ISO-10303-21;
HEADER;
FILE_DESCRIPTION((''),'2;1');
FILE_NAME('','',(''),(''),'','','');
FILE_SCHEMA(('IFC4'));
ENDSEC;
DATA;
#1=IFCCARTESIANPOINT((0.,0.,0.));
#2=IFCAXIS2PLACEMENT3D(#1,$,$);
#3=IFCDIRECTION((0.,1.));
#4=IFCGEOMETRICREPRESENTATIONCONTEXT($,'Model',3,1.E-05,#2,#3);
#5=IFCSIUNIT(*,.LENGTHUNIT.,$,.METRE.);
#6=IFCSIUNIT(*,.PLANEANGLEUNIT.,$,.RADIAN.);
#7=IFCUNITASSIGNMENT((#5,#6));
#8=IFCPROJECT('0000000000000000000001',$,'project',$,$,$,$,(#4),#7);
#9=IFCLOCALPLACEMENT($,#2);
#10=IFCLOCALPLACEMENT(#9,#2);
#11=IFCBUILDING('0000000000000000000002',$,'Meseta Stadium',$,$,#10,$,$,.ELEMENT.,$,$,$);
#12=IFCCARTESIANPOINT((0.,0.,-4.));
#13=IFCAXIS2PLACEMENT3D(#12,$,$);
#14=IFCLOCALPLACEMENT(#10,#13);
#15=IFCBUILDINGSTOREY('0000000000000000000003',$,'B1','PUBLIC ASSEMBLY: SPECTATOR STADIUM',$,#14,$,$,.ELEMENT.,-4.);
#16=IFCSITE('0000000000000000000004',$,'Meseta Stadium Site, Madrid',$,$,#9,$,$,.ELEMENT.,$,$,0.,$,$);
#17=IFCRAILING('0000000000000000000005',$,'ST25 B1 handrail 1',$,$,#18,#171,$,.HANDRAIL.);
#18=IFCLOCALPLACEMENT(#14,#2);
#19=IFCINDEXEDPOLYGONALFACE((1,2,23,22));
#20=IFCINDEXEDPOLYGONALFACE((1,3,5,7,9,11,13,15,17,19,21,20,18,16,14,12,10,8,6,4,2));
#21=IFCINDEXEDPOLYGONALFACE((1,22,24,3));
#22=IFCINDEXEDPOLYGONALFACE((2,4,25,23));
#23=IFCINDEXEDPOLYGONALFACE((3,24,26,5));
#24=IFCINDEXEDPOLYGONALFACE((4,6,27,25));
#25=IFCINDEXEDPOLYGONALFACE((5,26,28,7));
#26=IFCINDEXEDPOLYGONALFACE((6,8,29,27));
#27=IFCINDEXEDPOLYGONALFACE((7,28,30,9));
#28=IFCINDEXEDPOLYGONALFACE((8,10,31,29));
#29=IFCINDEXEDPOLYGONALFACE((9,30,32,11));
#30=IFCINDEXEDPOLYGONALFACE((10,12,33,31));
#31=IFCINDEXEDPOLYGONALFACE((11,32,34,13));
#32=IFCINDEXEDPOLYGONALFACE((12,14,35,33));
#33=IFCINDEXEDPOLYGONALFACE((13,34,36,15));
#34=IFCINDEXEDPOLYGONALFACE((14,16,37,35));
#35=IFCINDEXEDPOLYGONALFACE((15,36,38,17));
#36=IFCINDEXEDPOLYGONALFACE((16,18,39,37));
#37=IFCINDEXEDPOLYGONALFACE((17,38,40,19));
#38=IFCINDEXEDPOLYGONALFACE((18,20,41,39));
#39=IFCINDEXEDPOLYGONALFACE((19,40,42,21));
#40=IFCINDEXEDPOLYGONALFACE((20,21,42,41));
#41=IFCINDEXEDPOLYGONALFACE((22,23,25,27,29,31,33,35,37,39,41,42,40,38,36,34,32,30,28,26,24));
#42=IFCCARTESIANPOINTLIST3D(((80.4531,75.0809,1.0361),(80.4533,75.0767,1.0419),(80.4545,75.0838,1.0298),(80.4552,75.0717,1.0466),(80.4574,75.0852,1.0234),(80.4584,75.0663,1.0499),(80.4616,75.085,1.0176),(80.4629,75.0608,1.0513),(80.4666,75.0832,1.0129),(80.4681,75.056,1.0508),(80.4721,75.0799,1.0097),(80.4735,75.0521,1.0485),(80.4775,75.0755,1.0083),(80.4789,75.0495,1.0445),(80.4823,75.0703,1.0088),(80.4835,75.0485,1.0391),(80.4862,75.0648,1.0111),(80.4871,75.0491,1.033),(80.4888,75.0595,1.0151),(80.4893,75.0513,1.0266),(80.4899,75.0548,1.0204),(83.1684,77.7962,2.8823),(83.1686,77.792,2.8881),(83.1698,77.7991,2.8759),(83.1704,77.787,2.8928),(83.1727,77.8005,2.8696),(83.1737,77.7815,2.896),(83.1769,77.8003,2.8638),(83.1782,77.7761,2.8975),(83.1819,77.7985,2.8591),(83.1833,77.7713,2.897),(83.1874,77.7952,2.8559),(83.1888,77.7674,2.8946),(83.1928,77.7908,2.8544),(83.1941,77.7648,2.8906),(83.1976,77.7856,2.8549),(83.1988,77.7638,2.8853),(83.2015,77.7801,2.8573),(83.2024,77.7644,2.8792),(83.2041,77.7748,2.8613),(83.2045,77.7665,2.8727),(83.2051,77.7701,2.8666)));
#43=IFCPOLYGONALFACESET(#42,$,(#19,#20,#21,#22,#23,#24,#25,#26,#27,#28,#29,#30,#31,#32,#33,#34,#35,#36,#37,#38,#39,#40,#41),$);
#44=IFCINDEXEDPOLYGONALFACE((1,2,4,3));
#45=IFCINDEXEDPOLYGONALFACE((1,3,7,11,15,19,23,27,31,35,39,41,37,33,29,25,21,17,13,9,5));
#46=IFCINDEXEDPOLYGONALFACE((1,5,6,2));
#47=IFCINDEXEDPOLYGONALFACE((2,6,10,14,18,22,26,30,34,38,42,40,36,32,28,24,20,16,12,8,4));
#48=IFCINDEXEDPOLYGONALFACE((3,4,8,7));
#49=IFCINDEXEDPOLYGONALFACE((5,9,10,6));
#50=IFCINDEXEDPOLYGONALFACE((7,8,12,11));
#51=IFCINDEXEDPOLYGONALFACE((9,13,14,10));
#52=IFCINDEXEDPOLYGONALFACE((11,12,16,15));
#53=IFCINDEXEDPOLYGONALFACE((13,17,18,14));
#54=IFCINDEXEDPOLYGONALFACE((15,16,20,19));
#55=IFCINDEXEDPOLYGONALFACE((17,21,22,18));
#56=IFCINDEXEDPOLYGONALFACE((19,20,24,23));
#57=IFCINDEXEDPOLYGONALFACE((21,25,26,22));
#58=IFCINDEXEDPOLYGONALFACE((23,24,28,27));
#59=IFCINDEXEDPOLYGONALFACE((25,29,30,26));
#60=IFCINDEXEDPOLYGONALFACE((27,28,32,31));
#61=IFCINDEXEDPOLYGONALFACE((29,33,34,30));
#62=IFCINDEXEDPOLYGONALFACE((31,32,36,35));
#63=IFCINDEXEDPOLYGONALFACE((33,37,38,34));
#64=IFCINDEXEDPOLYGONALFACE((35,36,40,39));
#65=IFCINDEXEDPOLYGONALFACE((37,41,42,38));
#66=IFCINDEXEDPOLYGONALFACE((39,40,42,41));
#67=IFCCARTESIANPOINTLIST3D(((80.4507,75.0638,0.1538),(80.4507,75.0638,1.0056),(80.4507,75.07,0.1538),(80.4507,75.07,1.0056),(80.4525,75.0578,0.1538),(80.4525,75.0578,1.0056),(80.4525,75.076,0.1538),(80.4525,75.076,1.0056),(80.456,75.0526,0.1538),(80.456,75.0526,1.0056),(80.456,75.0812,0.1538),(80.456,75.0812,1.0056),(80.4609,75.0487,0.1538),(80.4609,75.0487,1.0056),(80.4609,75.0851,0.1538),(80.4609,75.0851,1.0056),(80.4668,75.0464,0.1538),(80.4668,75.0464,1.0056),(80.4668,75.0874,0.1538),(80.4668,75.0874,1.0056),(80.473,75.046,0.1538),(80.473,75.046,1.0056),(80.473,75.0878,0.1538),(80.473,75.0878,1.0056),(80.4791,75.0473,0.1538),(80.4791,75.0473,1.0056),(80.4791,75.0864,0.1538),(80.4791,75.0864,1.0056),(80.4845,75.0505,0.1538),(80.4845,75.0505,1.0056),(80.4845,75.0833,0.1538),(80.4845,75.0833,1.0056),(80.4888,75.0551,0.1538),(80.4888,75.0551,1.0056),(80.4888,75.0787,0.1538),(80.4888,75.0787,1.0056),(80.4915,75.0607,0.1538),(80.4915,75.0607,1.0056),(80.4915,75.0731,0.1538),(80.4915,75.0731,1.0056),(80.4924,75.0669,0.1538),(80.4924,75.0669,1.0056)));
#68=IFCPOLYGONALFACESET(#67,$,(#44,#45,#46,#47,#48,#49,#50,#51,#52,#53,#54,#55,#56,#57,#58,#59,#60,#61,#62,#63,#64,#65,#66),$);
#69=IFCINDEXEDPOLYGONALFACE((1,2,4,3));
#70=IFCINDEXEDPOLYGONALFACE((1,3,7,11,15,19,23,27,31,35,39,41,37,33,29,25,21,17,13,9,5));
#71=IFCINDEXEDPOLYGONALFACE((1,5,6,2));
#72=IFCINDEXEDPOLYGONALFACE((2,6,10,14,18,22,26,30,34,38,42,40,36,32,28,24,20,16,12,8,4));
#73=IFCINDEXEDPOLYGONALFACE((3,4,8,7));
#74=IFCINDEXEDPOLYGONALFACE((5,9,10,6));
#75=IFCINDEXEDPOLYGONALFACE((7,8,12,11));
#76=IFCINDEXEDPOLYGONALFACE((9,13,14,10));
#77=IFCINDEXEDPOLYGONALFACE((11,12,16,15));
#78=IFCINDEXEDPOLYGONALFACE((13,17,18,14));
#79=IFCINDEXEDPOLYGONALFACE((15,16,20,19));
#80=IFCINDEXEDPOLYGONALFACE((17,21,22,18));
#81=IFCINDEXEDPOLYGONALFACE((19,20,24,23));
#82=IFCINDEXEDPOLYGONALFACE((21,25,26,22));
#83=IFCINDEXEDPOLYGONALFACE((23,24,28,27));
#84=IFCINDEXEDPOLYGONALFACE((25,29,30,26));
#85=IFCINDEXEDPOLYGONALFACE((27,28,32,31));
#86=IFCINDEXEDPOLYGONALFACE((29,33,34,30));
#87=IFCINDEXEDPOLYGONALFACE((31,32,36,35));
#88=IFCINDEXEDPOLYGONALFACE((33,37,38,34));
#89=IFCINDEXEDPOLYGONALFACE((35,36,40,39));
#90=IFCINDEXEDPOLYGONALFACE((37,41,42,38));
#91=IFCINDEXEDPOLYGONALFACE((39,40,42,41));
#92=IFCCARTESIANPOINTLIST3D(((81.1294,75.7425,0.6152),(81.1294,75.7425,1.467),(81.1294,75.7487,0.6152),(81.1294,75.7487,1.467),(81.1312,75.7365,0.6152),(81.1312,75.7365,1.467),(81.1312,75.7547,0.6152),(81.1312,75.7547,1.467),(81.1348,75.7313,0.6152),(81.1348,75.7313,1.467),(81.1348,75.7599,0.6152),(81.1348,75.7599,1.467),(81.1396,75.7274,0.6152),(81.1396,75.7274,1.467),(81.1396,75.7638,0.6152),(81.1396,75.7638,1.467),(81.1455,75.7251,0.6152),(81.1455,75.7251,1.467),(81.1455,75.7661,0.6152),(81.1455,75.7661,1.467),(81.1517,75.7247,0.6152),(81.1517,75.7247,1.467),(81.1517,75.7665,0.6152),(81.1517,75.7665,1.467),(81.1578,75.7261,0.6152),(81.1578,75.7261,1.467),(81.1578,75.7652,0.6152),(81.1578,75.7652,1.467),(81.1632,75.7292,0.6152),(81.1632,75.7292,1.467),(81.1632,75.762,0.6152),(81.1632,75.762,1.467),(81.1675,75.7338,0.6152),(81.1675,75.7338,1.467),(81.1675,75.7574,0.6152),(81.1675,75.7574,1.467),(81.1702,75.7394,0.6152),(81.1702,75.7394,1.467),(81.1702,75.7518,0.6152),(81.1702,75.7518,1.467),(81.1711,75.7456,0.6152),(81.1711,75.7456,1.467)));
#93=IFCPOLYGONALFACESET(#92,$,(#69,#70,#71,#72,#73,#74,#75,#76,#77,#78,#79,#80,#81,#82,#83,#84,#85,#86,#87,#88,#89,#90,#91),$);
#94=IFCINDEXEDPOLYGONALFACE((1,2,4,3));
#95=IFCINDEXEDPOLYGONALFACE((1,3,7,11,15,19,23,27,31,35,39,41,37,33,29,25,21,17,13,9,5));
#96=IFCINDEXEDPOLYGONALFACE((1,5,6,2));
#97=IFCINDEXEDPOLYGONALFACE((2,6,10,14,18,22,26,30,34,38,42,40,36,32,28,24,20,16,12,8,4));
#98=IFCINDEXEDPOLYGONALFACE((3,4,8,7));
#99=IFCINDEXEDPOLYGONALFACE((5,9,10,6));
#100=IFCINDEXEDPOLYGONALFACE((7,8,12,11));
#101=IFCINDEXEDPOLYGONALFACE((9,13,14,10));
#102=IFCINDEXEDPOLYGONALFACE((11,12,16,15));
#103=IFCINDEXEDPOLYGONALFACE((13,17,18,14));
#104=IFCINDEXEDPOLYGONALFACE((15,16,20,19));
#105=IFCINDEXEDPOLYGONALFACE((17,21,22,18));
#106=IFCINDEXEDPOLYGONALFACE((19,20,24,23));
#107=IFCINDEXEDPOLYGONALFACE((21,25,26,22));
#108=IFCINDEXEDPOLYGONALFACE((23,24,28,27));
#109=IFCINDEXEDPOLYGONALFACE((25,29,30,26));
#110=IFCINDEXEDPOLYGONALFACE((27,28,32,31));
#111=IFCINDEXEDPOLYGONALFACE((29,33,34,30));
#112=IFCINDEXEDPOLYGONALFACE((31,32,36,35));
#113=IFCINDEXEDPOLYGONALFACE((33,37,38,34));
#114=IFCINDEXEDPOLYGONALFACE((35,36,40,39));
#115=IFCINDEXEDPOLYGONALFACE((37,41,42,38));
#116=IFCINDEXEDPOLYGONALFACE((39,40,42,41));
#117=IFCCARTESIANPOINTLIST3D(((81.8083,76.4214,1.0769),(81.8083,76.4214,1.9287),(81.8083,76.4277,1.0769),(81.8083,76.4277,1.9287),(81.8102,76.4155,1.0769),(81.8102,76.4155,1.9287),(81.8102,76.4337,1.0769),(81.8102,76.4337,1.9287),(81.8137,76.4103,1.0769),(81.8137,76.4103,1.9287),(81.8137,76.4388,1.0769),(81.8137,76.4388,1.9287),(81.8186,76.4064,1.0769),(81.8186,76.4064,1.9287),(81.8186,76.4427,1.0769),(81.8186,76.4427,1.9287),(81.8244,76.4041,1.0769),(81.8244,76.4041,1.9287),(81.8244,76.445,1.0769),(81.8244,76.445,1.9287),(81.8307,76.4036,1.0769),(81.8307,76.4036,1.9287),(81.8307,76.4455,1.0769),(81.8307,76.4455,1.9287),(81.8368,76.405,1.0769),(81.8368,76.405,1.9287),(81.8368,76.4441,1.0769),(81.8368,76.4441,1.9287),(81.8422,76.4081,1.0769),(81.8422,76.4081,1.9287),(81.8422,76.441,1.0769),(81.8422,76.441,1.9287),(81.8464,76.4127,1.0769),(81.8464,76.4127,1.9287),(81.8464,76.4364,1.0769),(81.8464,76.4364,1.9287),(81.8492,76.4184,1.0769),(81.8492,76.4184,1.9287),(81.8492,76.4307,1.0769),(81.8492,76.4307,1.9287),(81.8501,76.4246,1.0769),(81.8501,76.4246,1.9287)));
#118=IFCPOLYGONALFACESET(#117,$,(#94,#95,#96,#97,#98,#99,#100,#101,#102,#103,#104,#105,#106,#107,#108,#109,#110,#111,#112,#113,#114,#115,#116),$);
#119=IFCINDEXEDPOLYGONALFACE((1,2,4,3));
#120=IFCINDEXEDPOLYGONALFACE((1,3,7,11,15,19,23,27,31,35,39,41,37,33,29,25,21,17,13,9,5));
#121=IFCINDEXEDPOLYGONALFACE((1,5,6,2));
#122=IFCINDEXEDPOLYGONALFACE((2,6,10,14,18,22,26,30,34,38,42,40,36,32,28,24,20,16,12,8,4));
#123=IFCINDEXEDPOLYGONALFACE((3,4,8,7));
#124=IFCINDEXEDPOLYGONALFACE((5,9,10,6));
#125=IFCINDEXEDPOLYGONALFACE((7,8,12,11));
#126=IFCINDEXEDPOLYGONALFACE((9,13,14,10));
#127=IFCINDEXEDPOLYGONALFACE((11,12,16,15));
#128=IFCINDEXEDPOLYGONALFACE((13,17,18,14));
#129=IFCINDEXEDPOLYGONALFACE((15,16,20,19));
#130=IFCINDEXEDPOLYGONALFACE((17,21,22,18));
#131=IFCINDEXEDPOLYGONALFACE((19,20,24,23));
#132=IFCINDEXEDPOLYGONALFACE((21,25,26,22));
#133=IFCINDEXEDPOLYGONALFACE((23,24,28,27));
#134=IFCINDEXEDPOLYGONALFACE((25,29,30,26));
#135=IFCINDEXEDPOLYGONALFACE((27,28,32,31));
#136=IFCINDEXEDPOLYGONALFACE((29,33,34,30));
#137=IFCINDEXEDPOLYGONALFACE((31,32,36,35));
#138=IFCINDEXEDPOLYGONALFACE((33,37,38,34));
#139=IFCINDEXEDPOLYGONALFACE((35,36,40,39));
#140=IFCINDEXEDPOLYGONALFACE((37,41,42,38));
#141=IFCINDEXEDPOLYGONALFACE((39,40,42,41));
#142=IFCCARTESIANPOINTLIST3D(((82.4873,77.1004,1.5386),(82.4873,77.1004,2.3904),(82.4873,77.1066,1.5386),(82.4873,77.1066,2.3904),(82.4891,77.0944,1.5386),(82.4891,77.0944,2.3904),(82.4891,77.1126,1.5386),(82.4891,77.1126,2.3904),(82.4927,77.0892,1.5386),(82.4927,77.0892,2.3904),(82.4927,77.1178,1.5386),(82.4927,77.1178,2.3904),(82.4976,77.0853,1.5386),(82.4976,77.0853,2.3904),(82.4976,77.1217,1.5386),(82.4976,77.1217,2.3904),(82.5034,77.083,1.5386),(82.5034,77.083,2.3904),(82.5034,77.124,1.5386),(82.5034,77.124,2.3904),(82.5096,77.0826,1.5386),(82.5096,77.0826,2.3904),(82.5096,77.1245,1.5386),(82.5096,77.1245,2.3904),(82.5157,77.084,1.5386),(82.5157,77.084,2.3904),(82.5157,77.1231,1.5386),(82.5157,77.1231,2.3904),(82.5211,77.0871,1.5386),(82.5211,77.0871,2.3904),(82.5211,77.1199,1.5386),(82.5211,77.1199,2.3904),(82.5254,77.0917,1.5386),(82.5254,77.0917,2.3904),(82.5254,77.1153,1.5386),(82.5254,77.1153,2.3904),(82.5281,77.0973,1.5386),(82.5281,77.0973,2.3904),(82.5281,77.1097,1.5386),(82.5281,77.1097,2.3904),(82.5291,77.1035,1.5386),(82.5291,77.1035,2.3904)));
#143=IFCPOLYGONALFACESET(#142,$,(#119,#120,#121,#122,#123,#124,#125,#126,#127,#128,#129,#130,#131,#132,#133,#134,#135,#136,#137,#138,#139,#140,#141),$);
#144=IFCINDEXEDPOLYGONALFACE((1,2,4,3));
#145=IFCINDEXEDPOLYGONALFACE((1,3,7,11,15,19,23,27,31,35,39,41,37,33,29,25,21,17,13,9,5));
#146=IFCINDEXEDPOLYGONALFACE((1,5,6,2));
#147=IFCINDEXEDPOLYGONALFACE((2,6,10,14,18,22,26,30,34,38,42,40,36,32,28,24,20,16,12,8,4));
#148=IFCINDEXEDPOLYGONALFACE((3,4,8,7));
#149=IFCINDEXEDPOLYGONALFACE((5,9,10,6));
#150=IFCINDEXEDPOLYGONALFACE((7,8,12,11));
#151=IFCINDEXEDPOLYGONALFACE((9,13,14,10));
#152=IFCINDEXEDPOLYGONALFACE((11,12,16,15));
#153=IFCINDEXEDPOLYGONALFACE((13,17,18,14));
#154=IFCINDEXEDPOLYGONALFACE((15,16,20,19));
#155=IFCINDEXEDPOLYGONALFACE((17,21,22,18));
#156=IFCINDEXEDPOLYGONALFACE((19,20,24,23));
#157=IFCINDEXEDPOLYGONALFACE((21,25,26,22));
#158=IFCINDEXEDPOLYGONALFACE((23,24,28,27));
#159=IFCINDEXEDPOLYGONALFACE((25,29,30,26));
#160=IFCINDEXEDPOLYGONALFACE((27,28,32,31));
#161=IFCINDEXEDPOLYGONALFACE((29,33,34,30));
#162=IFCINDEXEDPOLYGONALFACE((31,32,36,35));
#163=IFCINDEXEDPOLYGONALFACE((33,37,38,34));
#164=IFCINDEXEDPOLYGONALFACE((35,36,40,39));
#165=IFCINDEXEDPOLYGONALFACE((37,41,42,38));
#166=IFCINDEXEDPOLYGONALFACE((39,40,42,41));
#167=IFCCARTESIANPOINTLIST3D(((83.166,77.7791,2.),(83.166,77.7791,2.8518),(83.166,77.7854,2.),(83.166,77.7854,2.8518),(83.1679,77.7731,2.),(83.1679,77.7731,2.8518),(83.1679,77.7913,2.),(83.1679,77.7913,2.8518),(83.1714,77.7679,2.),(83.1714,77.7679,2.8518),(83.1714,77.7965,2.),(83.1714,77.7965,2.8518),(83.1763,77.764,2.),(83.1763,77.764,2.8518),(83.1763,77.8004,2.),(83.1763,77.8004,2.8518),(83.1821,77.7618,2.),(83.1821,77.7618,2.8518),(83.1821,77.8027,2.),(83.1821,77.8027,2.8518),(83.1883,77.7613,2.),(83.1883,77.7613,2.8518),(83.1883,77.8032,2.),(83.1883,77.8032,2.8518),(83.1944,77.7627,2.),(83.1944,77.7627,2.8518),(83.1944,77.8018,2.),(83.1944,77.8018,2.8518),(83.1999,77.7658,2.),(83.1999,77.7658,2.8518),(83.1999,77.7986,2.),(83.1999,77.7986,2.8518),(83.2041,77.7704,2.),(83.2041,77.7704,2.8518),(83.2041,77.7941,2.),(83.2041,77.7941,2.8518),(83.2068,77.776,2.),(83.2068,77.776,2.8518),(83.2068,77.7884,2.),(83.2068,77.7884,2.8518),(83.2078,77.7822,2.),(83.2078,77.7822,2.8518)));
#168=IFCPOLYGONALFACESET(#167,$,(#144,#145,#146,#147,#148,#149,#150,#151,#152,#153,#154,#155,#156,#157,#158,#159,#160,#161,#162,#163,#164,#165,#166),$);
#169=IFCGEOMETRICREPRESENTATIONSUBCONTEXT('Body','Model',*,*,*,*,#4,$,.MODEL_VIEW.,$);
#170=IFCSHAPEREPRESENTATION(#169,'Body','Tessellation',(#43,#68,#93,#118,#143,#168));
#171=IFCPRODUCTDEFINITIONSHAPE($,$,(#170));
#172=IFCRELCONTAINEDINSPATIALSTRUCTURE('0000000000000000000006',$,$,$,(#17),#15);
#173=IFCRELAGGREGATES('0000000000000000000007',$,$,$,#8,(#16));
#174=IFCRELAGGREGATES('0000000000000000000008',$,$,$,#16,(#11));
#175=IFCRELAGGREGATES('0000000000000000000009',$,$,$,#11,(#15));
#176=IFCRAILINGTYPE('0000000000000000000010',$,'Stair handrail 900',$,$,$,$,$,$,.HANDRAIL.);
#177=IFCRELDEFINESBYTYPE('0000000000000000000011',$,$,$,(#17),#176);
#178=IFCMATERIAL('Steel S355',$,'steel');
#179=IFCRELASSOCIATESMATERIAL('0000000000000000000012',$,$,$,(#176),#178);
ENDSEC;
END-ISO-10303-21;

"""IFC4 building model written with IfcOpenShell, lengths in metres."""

from ifc_helpers import new_model, si_unit, direction, frame, origin, origin_2d, place, context, subcontext, project, spatial, circle, extrude, material, type_object, element, save


model = new_model("IFC4")

# Units and contexts
model_context = context("Model", 3, precision=1e-05, world=origin(), true_north=direction((0.0, 1.0)))
body_context = subcontext(model_context, "Body", "Model", "MODEL_VIEW")
ifc_project = project(units=[si_unit("LENGTHUNIT", "METRE"), si_unit("PLANEANGLEUNIT", "RADIAN")], contexts=[model_context])

# Site, building, storey
site_placement = place(None, origin())
site = spatial("IfcSite", under=ifc_project, at=site_placement, Name="Meseta Stadium Site, Madrid", CompositionType="ELEMENT", RefElevation=0.0)
building_placement = place(site_placement, origin())
building = spatial("IfcBuilding", under=site, at=building_placement, Name="Meseta Stadium", CompositionType="ELEMENT")
storey_placement = place(building_placement, frame((0.0, 0.0, -4.0)))
storey = spatial("IfcBuildingStorey", under=building, at=storey_placement, Name="B1", Description="PUBLIC ASSEMBLY: SPECTATOR STADIUM", CompositionType="ELEMENT", Elevation=-4.0)

# Railing
ifc_material_1 = material(Name="Steel S355", Category="steel")
railing_type_1 = type_object("IfcRailingType", Name="Stair handrail 900", PredefinedType="HANDRAIL", material=ifc_material_1)
railing_1_placement = place(storey_placement, frame((80.4714, 75.0669, 0.1538)))
element("IfcRailing", 1, at=railing_1_placement, inside=storey, type_object=railing_type_1, Name="ST25 B1 handrail 1", PredefinedType="HANDRAIL", context=body_context, shape_type="SweptSolid", body=[
    extrude(circle(Radius=0.0239, at=origin_2d()), frame((0.0, 0.0, 0.876), z_axis=(0.637281, 0.637281, 0.433296), x_axis=(-0.707107, 0.707107, 0.0)), (0.0, 0.0, 1.0), 4.2607),
    extrude(circle(Radius=0.021, at=origin_2d()), origin(), (0.0, 0.0, 1.0), 0.8518),
    extrude(circle(Radius=0.021, at=origin_2d()), frame((0.6787, 0.6787, 0.4614)), (0.0, 0.0, 1.0), 0.8518),
    extrude(circle(Radius=0.021, at=origin_2d()), frame((1.3577, 1.3577, 0.9231)), (0.0, 0.0, 1.0), 0.8518),
    extrude(circle(Radius=0.021, at=origin_2d()), frame((2.0366, 2.0366, 1.3848)), (0.0, 0.0, 1.0), 0.8518),
    extrude(circle(Radius=0.021, at=origin_2d()), frame((2.7153, 2.7153, 1.8462)), (0.0, 0.0, 1.0), 0.8518),
])

save(model, "model.ifc")
